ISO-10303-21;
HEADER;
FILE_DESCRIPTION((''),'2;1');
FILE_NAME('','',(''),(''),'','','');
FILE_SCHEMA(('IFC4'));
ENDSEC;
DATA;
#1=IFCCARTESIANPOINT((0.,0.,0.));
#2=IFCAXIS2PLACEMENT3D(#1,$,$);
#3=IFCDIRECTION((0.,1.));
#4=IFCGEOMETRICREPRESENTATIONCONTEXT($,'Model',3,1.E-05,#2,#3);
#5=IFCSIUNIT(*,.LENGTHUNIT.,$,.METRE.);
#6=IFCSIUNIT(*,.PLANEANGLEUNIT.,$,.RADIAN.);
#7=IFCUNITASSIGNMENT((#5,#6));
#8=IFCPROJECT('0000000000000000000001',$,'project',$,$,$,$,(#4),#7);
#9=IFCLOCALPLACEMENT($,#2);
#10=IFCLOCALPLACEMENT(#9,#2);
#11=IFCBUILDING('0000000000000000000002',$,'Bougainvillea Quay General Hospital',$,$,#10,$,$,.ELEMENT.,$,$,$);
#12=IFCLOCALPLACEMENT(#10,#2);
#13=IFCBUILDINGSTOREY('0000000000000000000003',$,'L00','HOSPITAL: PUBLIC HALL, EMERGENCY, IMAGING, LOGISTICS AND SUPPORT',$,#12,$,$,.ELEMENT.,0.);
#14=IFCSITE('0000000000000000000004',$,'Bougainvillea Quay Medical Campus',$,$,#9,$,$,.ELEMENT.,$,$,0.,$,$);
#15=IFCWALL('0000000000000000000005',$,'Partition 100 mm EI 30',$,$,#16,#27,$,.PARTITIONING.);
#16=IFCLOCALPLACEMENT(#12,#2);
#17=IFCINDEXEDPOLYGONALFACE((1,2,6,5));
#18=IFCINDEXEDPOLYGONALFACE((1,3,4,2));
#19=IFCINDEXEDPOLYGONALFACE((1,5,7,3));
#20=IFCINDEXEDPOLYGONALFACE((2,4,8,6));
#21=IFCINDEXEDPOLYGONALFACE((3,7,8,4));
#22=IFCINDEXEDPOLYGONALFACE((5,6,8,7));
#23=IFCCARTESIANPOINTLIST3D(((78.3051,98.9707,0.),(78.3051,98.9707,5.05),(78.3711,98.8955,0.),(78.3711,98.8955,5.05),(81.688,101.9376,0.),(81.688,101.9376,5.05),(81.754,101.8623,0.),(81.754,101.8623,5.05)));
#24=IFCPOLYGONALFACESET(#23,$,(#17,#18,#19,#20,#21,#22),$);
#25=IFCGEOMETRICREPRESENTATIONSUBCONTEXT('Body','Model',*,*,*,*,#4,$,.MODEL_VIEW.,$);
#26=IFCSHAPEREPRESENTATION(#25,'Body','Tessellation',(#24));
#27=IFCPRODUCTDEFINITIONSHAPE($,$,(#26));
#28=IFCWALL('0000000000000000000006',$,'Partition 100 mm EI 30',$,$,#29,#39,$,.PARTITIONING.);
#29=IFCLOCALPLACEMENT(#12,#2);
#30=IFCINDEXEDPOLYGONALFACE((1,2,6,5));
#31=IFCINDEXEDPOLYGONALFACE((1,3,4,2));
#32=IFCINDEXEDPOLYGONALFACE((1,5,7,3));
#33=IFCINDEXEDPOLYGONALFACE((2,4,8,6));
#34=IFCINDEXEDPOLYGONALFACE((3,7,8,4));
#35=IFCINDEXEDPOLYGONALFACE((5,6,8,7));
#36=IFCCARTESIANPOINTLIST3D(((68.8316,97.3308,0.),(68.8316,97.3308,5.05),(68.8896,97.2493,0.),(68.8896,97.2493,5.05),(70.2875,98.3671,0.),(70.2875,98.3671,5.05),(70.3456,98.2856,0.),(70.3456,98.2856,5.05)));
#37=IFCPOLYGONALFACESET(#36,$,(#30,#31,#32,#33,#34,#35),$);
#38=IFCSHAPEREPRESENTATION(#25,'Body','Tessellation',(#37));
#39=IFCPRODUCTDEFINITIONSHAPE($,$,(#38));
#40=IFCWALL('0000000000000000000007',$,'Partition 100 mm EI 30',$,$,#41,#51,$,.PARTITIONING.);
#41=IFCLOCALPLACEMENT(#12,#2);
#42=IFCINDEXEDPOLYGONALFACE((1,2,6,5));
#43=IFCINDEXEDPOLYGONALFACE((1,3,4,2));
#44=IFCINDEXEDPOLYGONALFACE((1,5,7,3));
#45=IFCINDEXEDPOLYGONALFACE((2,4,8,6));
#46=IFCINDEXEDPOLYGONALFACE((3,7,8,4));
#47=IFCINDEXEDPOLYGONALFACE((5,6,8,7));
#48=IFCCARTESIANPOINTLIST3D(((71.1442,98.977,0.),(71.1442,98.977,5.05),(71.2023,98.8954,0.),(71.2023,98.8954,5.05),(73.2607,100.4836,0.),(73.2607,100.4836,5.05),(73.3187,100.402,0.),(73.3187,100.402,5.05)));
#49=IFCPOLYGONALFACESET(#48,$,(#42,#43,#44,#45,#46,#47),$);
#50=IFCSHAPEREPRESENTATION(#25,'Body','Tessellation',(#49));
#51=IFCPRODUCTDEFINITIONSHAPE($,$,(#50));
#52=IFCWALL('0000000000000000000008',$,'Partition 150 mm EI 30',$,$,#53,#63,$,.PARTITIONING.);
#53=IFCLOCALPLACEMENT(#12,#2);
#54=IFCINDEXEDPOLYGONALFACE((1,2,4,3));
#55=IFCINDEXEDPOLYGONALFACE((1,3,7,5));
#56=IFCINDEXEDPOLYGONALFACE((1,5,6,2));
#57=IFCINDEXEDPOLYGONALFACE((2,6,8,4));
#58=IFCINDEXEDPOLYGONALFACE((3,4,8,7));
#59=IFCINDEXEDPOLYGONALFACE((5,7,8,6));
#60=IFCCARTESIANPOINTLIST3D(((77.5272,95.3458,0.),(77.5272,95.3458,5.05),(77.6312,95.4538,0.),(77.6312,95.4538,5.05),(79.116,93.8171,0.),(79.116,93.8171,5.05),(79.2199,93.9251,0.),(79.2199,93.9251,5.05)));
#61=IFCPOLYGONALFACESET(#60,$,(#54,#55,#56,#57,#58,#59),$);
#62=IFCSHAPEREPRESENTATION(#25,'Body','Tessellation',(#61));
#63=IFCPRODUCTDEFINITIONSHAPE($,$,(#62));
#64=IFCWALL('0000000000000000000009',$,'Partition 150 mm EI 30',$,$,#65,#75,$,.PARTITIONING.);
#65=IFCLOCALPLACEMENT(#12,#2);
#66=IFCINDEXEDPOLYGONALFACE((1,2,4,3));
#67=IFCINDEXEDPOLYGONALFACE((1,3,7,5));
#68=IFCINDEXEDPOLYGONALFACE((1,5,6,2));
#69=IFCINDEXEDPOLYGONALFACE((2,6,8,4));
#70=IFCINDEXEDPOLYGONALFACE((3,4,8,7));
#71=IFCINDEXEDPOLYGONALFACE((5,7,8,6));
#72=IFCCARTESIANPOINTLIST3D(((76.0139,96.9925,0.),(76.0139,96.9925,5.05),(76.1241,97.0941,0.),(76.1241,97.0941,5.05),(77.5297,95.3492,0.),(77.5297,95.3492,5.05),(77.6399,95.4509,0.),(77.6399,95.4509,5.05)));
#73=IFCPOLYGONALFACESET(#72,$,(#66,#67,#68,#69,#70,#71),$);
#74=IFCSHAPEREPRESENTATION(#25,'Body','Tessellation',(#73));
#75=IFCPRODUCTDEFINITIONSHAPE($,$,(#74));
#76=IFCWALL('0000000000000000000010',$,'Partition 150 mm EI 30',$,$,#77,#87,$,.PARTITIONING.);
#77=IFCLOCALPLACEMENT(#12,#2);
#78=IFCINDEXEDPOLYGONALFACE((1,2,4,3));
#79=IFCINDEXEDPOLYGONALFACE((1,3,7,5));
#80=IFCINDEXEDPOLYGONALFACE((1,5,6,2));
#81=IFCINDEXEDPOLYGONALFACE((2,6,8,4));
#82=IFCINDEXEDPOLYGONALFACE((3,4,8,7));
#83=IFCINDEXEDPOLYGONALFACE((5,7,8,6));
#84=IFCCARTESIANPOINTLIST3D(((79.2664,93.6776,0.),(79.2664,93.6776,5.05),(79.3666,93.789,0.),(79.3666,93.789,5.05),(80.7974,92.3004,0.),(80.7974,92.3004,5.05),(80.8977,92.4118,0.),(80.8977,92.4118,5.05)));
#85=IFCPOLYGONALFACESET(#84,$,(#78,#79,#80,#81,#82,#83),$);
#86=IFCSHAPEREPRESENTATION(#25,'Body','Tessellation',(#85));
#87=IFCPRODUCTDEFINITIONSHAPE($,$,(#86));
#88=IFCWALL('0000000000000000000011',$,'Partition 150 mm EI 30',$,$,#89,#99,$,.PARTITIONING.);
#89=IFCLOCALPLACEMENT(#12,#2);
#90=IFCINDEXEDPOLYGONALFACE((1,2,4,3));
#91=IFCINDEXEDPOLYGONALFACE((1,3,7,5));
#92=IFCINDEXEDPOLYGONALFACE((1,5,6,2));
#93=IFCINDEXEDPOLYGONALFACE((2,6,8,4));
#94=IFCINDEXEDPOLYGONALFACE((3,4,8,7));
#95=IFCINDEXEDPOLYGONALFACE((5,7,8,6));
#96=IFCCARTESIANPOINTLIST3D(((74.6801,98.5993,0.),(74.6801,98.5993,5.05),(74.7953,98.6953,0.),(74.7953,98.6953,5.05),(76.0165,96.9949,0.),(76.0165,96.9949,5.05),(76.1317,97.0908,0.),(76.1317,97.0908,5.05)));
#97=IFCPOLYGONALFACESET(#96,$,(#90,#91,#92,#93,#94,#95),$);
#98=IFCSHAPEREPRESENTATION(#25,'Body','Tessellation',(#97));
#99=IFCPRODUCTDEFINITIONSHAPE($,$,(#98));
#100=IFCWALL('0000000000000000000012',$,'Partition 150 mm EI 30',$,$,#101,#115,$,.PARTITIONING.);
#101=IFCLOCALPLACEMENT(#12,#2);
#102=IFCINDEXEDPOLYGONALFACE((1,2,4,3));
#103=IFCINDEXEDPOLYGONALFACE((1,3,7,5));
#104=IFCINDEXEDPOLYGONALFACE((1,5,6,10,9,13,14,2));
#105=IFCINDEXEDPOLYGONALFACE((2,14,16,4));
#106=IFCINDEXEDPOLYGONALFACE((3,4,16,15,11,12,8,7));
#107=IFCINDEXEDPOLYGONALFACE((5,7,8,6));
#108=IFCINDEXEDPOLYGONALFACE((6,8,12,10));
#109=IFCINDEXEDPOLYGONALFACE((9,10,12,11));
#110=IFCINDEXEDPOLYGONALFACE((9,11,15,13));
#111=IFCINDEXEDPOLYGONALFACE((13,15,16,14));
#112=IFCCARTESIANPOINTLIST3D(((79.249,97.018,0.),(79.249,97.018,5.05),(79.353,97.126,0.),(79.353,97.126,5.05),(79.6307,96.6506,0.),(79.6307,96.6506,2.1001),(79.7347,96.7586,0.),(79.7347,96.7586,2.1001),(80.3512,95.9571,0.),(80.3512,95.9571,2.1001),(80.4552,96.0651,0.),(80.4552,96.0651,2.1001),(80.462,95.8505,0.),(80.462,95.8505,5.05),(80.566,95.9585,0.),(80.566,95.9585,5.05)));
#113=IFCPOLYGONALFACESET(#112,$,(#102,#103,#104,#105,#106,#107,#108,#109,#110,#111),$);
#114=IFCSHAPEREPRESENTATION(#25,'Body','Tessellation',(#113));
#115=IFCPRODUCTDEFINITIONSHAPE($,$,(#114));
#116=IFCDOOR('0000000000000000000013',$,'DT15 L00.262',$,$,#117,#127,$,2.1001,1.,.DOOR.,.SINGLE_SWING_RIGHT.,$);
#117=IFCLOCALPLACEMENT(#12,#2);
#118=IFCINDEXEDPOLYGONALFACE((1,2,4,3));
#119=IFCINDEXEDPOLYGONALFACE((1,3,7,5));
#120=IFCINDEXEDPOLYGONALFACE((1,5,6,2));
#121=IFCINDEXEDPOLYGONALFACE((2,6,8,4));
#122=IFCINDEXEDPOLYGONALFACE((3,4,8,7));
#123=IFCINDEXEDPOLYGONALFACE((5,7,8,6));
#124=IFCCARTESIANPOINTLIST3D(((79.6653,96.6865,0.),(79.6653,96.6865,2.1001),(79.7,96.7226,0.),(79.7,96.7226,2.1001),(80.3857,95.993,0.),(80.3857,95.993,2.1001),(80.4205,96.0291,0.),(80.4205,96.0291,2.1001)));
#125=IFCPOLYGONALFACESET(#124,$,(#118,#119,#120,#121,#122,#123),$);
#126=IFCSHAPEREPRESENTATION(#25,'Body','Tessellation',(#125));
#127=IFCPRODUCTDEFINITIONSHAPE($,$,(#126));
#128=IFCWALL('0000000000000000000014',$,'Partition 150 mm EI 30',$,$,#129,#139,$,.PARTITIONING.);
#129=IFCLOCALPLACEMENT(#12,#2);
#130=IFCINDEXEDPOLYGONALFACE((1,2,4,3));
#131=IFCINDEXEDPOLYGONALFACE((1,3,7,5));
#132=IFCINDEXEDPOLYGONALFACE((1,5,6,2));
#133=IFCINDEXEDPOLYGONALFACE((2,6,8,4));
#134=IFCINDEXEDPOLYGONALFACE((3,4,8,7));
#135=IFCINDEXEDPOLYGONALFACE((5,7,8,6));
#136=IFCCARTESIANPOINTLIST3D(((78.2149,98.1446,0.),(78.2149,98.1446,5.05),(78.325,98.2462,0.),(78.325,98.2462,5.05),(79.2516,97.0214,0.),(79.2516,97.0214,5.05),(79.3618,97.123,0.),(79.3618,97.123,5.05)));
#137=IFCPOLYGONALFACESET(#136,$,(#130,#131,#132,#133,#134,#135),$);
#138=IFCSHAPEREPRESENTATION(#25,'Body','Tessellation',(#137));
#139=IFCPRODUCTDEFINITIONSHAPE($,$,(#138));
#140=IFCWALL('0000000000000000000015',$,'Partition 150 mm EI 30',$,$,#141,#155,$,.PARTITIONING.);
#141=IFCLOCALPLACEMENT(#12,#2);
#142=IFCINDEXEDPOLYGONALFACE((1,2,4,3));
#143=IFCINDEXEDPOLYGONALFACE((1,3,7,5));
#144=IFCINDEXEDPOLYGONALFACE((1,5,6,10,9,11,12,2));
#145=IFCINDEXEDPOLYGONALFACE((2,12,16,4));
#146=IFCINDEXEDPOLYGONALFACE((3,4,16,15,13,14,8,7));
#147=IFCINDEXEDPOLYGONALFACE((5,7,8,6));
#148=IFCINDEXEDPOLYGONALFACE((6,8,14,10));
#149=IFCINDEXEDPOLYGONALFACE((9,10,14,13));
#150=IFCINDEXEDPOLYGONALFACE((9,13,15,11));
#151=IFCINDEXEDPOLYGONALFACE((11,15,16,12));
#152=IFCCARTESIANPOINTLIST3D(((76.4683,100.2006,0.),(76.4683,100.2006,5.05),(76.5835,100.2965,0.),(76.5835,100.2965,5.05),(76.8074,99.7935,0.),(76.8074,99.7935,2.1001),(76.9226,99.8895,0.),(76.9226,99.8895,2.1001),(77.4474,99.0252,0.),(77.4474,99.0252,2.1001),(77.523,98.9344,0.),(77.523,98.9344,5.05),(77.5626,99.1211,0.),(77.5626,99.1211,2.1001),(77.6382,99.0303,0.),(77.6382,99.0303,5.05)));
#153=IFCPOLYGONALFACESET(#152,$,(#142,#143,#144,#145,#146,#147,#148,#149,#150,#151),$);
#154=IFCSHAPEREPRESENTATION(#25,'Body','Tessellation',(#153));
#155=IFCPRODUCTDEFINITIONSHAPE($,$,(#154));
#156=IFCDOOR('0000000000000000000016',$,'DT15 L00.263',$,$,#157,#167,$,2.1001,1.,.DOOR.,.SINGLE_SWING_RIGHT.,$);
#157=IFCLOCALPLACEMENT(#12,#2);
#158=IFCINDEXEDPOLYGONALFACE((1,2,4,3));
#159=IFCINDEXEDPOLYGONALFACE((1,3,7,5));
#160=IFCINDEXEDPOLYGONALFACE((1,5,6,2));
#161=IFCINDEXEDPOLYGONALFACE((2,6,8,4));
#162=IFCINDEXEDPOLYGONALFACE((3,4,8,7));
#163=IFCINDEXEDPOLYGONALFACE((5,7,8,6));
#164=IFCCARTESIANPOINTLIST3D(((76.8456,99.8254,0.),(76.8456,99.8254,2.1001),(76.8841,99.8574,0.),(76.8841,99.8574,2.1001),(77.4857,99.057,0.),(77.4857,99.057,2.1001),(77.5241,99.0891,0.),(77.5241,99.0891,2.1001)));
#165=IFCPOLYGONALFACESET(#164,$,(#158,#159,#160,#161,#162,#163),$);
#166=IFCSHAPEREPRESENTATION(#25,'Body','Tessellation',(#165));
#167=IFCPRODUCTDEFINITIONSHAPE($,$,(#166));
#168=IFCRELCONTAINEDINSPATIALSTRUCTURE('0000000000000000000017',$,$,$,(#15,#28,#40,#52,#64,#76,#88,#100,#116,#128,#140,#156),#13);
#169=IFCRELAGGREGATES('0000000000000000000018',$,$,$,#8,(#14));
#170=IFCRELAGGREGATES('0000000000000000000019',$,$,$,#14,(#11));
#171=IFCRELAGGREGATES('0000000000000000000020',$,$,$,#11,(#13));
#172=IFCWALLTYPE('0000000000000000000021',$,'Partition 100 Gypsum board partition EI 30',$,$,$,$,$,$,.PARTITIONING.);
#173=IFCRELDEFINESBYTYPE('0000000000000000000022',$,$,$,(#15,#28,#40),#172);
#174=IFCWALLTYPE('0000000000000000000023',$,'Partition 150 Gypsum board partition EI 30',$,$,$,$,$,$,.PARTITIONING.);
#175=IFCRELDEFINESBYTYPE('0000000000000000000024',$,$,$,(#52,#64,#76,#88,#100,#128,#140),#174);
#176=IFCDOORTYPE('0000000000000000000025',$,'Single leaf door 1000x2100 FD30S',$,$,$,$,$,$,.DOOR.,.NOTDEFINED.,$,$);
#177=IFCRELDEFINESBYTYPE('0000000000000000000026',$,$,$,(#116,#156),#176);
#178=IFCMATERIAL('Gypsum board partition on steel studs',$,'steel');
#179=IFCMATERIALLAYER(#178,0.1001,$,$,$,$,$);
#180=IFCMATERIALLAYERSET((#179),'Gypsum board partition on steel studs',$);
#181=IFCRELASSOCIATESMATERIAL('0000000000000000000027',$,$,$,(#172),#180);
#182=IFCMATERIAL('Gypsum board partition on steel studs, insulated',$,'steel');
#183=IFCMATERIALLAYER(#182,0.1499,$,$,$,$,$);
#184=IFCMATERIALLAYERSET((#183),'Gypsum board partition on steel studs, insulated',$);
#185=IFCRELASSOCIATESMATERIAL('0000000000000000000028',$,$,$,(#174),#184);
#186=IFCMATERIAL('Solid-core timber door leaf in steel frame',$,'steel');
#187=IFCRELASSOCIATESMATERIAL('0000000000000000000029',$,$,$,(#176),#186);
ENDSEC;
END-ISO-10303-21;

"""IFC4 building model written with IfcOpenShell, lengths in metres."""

from ifc_helpers import new_model, si_unit, direction, frame, frame_2d, origin, place, context, subcontext, project, spatial, rectangle, extrude, material, layer, layer_set, type_object, element, fill, save


model = new_model("IFC4")

# Units and contexts
model_context = context("Model", 3, precision=1e-05, world=origin(), true_north=direction((0.0, 1.0)))
body_context = subcontext(model_context, "Body", "Model", "MODEL_VIEW")
ifc_project = project(units=[si_unit("LENGTHUNIT", "METRE"), si_unit("PLANEANGLEUNIT", "RADIAN")], contexts=[model_context])

# Site, building, storey
site_placement = place(None, origin())
site = spatial("IfcSite", under=ifc_project, at=site_placement, Name="Bougainvillea Quay Medical Campus", CompositionType="ELEMENT", RefElevation=0.0)
building_placement = place(site_placement, origin())
building = spatial("IfcBuilding", under=site, at=building_placement, Name="Bougainvillea Quay General Hospital", CompositionType="ELEMENT")
storey_placement = place(building_placement, origin())
storey = spatial("IfcBuildingStorey", under=building, at=storey_placement, Name="L00", Description="HOSPITAL: PUBLIC HALL, EMERGENCY, IMAGING, LOGISTICS AND SUPPORT", CompositionType="ELEMENT", Elevation=0.0)

# Walls
ifc_material_1 = material(Name="Gypsum board partition on steel studs", Category="steel")
ifc_layer_1 = layer(ifc_material_1, 0.1001)
ifc_layer_set_1 = layer_set([ifc_layer_1], Name="Gypsum board partition on steel studs")
wall_type_1 = type_object("IfcWallType", Name="Partition 100 Gypsum board partition EI 30", PredefinedType="PARTITIONING", material=ifc_layer_set_1)
wall_1_placement = place(storey_placement, frame((78.3381, 98.9331, 0.0), z_axis=(0.0, 0.0, 1.0), x_axis=(0.751823, 0.659365, 0.0)))
element("IfcWall", 1, at=wall_1_placement, inside=storey, type_object=wall_type_1, Name="Partition 100 mm EI 30", PredefinedType="PARTITIONING", context=body_context, shape_type="SweptSolid", body=[
    extrude(rectangle(XDim=4.4995, YDim=0.1001, at=frame_2d((2.2498, 0.0))), origin(), (0.0, 0.0, 1.0), 5.05),
])
wall_2_placement = place(storey_placement, frame((68.8606, 97.29, 0.0), z_axis=(0.0, 0.0, 1.0), x_axis=(0.814701, 0.579881, 0.0)))
element("IfcWall", 2, at=wall_2_placement, inside=storey, type_object=wall_type_1, Name="Partition 100 mm EI 30", PredefinedType="PARTITIONING", context=body_context, shape_type="SweptSolid", body=[
    extrude(rectangle(XDim=1.7871, YDim=0.1001, at=frame_2d((0.8936, 0.0))), origin(), (0.0, 0.0, 1.0), 5.05),
])
wall_3_placement = place(storey_placement, frame((71.1733, 98.9363, 0.0), z_axis=(0.0, 0.0, 1.0), x_axis=(0.814672, 0.579922, 0.0)))
element("IfcWall", 3, at=wall_3_placement, inside=storey, type_object=wall_type_1, Name="Partition 100 mm EI 30", PredefinedType="PARTITIONING", context=body_context, shape_type="SweptSolid", body=[
    extrude(rectangle(XDim=2.5979, YDim=0.1001, at=frame_2d((1.2988, 0.0))), origin(), (0.0, 0.0, 1.0), 5.05),
])
ifc_material_2 = material(Name="Gypsum board partition on steel studs, insulated", Category="steel")
ifc_layer_2 = layer(ifc_material_2, 0.1499)
ifc_layer_set_2 = layer_set([ifc_layer_2], Name="Gypsum board partition on steel studs, insulated")
wall_type_2 = type_object("IfcWallType", Name="Partition 150 Gypsum board partition EI 30", PredefinedType="PARTITIONING", material=ifc_layer_set_2)
wall_4_placement = place(storey_placement, frame((77.5791, 95.3999, 0.0), z_axis=(0.0, 0.0, 1.0), x_axis=(0.720595, -0.693357, 0.0)))
element("IfcWall", 4, at=wall_4_placement, inside=storey, type_object=wall_type_2, Name="Partition 150 mm EI 30", PredefinedType="PARTITIONING", context=body_context, shape_type="SweptSolid", body=[
    extrude(rectangle(XDim=2.2048, YDim=0.1499, at=frame_2d((1.1025, 0.0))), origin(), (0.0, 0.0, 1.0), 5.05),
])
wall_5_placement = place(storey_placement, frame((76.0691, 97.0432, 0.0), z_axis=(0.0, 0.0, 1.0), x_axis=(0.678031, -0.735034, 0.0)))
element("IfcWall", 5, at=wall_5_placement, inside=storey, type_object=wall_type_2, Name="Partition 150 mm EI 30", PredefinedType="PARTITIONING", context=body_context, shape_type="SweptSolid", body=[
    extrude(rectangle(XDim=2.2356, YDim=0.1499, at=frame_2d((1.1177, 0.0))), origin(), (0.0, 0.0, 1.0), 5.05),
])
wall_6_placement = place(storey_placement, frame((79.3164, 93.7334, 0.0), z_axis=(0.0, 0.0, 1.0), x_axis=(0.743465, -0.668775, 0.0)))
element("IfcWall", 6, at=wall_6_placement, inside=storey, type_object=wall_type_2, Name="Partition 150 mm EI 30", PredefinedType="PARTITIONING", context=body_context, shape_type="SweptSolid", body=[
    extrude(rectangle(XDim=2.0593, YDim=0.1499, at=frame_2d((1.0298, 0.0))), origin(), (0.0, 0.0, 1.0), 5.05),
])
wall_7_placement = place(storey_placement, frame((74.7378, 98.6472, 0.0), z_axis=(0.0, 0.0, 1.0), x_axis=(0.64, -0.768375, 0.0)))
element("IfcWall", 7, at=wall_7_placement, inside=storey, type_object=wall_type_2, Name="Partition 150 mm EI 30", PredefinedType="PARTITIONING", context=body_context, shape_type="SweptSolid", body=[
    extrude(rectangle(XDim=2.0881, YDim=0.1499, at=frame_2d((1.0439, 0.0))), origin(), (0.0, 0.0, 1.0), 5.05),
])

# Wall, opening, door
wall_8_placement = place(storey_placement, frame((79.301, 97.072, 0.0), z_axis=(0.0, 0.0, 1.0), x_axis=(0.720465, -0.693491, 0.0)))
wall_8 = element("IfcWall", 8, at=wall_8_placement, inside=storey, type_object=wall_type_2, Name="Partition 150 mm EI 30", PredefinedType="PARTITIONING", context=body_context, shape_type="SweptSolid", body=[
    extrude(rectangle(XDim=1.6836, YDim=0.1499, at=frame_2d((0.8418, 0.0))), origin(), (0.0, 0.0, 1.0), 5.05),
])
opening_1_placement = place(wall_8_placement, frame((0.5298, 0.0, 0.0)))
opening_1 = element("IfcOpeningElement", 9, at=opening_1_placement, cuts=wall_8, PredefinedType="OPENING", context=body_context, shape_type="SweptSolid", body=[
    extrude(rectangle(XDim=1.0, YDim=2.1001, at=frame_2d((0.5, 1.05))), frame((0.0, 0.085, 0.0), z_axis=(0.0, -1.0, 0.0), x_axis=(1.0, 0.0, 0.0)), (0.0, 0.0, 1.0), 0.1699),
])
ifc_material_3 = material(Name="Solid-core timber door leaf in steel frame", Category="steel")
door_type_1 = type_object("IfcDoorType", Name="Single leaf door 1000x2100 FD30S", OperationType="NOTDEFINED", PredefinedType="DOOR", material=ifc_material_3)
door_1_placement = place(opening_1_placement, origin())
door_1 = element("IfcDoor", 10, at=door_1_placement, inside=storey, type_object=door_type_1, Name="DT15 L00.262", OperationType="SINGLE_SWING_RIGHT", OverallHeight=2.1001, OverallWidth=1.0, PredefinedType="DOOR", context=body_context, shape_type="SweptSolid", body=[
    extrude(rectangle(XDim=1.0, YDim=2.1001, at=frame_2d((0.5, 1.05))), frame((0.0, 0.0249, 0.0), z_axis=(0.0, -1.0, 0.0), x_axis=(1.0, 0.0, 0.0)), (0.0, 0.0, 1.0), 0.05),
])
fill(opening_1, door_1)

# Wall
wall_9_placement = place(storey_placement, frame((78.27, 98.1953, 0.0), z_axis=(0.0, 0.0, 1.0), x_axis=(0.678273, -0.73481, 0.0)))
element("IfcWall", 11, at=wall_9_placement, inside=storey, type_object=wall_type_2, Name="Partition 150 mm EI 30", PredefinedType="PARTITIONING", context=body_context, shape_type="SweptSolid", body=[
    extrude(rectangle(XDim=1.5286, YDim=0.1499, at=frame_2d((0.7642, 0.0))), origin(), (0.0, 0.0, 1.0), 5.05),
])

# Wall, opening, door
wall_10_placement = place(storey_placement, frame((76.5259, 100.2485, 0.0), z_axis=(0.0, 0.0, 1.0), x_axis=(0.640039, -0.768343, 0.0)))
wall_10 = element("IfcWall", 12, at=wall_10_placement, inside=storey, type_object=wall_type_2, Name="Partition 150 mm EI 30", PredefinedType="PARTITIONING", context=body_context, shape_type="SweptSolid", body=[
    extrude(rectangle(XDim=1.6479, YDim=0.1499, at=frame_2d((0.824, 0.0))), origin(), (0.0, 0.0, 1.0), 5.05),
])
opening_2_placement = place(wall_10_placement, frame((0.5298, 0.0, 0.0)))
opening_2 = element("IfcOpeningElement", 13, at=opening_2_placement, cuts=wall_10, PredefinedType="OPENING", context=body_context, shape_type="SweptSolid", body=[
    extrude(rectangle(XDim=1.0, YDim=2.1001, at=frame_2d((0.5, 1.05))), frame((0.0, 0.085, 0.0), z_axis=(0.0, -1.0, 0.0), x_axis=(1.0, 0.0, 0.0)), (0.0, 0.0, 1.0), 0.1699),
])
door_2_placement = place(opening_2_placement, origin())
door_2 = element("IfcDoor", 14, at=door_2_placement, inside=storey, type_object=door_type_1, Name="DT15 L00.263", OperationType="SINGLE_SWING_RIGHT", OverallHeight=2.1001, OverallWidth=1.0, PredefinedType="DOOR", context=body_context, shape_type="SweptSolid", body=[
    extrude(rectangle(XDim=1.0, YDim=2.1001, at=frame_2d((0.5, 1.05))), frame((0.0, 0.0249, 0.0), z_axis=(0.0, -1.0, 0.0), x_axis=(1.0, 0.0, 0.0)), (0.0, 0.0, 1.0), 0.05),
])
fill(opening_2, door_2)

save(model, "model.ifc")
